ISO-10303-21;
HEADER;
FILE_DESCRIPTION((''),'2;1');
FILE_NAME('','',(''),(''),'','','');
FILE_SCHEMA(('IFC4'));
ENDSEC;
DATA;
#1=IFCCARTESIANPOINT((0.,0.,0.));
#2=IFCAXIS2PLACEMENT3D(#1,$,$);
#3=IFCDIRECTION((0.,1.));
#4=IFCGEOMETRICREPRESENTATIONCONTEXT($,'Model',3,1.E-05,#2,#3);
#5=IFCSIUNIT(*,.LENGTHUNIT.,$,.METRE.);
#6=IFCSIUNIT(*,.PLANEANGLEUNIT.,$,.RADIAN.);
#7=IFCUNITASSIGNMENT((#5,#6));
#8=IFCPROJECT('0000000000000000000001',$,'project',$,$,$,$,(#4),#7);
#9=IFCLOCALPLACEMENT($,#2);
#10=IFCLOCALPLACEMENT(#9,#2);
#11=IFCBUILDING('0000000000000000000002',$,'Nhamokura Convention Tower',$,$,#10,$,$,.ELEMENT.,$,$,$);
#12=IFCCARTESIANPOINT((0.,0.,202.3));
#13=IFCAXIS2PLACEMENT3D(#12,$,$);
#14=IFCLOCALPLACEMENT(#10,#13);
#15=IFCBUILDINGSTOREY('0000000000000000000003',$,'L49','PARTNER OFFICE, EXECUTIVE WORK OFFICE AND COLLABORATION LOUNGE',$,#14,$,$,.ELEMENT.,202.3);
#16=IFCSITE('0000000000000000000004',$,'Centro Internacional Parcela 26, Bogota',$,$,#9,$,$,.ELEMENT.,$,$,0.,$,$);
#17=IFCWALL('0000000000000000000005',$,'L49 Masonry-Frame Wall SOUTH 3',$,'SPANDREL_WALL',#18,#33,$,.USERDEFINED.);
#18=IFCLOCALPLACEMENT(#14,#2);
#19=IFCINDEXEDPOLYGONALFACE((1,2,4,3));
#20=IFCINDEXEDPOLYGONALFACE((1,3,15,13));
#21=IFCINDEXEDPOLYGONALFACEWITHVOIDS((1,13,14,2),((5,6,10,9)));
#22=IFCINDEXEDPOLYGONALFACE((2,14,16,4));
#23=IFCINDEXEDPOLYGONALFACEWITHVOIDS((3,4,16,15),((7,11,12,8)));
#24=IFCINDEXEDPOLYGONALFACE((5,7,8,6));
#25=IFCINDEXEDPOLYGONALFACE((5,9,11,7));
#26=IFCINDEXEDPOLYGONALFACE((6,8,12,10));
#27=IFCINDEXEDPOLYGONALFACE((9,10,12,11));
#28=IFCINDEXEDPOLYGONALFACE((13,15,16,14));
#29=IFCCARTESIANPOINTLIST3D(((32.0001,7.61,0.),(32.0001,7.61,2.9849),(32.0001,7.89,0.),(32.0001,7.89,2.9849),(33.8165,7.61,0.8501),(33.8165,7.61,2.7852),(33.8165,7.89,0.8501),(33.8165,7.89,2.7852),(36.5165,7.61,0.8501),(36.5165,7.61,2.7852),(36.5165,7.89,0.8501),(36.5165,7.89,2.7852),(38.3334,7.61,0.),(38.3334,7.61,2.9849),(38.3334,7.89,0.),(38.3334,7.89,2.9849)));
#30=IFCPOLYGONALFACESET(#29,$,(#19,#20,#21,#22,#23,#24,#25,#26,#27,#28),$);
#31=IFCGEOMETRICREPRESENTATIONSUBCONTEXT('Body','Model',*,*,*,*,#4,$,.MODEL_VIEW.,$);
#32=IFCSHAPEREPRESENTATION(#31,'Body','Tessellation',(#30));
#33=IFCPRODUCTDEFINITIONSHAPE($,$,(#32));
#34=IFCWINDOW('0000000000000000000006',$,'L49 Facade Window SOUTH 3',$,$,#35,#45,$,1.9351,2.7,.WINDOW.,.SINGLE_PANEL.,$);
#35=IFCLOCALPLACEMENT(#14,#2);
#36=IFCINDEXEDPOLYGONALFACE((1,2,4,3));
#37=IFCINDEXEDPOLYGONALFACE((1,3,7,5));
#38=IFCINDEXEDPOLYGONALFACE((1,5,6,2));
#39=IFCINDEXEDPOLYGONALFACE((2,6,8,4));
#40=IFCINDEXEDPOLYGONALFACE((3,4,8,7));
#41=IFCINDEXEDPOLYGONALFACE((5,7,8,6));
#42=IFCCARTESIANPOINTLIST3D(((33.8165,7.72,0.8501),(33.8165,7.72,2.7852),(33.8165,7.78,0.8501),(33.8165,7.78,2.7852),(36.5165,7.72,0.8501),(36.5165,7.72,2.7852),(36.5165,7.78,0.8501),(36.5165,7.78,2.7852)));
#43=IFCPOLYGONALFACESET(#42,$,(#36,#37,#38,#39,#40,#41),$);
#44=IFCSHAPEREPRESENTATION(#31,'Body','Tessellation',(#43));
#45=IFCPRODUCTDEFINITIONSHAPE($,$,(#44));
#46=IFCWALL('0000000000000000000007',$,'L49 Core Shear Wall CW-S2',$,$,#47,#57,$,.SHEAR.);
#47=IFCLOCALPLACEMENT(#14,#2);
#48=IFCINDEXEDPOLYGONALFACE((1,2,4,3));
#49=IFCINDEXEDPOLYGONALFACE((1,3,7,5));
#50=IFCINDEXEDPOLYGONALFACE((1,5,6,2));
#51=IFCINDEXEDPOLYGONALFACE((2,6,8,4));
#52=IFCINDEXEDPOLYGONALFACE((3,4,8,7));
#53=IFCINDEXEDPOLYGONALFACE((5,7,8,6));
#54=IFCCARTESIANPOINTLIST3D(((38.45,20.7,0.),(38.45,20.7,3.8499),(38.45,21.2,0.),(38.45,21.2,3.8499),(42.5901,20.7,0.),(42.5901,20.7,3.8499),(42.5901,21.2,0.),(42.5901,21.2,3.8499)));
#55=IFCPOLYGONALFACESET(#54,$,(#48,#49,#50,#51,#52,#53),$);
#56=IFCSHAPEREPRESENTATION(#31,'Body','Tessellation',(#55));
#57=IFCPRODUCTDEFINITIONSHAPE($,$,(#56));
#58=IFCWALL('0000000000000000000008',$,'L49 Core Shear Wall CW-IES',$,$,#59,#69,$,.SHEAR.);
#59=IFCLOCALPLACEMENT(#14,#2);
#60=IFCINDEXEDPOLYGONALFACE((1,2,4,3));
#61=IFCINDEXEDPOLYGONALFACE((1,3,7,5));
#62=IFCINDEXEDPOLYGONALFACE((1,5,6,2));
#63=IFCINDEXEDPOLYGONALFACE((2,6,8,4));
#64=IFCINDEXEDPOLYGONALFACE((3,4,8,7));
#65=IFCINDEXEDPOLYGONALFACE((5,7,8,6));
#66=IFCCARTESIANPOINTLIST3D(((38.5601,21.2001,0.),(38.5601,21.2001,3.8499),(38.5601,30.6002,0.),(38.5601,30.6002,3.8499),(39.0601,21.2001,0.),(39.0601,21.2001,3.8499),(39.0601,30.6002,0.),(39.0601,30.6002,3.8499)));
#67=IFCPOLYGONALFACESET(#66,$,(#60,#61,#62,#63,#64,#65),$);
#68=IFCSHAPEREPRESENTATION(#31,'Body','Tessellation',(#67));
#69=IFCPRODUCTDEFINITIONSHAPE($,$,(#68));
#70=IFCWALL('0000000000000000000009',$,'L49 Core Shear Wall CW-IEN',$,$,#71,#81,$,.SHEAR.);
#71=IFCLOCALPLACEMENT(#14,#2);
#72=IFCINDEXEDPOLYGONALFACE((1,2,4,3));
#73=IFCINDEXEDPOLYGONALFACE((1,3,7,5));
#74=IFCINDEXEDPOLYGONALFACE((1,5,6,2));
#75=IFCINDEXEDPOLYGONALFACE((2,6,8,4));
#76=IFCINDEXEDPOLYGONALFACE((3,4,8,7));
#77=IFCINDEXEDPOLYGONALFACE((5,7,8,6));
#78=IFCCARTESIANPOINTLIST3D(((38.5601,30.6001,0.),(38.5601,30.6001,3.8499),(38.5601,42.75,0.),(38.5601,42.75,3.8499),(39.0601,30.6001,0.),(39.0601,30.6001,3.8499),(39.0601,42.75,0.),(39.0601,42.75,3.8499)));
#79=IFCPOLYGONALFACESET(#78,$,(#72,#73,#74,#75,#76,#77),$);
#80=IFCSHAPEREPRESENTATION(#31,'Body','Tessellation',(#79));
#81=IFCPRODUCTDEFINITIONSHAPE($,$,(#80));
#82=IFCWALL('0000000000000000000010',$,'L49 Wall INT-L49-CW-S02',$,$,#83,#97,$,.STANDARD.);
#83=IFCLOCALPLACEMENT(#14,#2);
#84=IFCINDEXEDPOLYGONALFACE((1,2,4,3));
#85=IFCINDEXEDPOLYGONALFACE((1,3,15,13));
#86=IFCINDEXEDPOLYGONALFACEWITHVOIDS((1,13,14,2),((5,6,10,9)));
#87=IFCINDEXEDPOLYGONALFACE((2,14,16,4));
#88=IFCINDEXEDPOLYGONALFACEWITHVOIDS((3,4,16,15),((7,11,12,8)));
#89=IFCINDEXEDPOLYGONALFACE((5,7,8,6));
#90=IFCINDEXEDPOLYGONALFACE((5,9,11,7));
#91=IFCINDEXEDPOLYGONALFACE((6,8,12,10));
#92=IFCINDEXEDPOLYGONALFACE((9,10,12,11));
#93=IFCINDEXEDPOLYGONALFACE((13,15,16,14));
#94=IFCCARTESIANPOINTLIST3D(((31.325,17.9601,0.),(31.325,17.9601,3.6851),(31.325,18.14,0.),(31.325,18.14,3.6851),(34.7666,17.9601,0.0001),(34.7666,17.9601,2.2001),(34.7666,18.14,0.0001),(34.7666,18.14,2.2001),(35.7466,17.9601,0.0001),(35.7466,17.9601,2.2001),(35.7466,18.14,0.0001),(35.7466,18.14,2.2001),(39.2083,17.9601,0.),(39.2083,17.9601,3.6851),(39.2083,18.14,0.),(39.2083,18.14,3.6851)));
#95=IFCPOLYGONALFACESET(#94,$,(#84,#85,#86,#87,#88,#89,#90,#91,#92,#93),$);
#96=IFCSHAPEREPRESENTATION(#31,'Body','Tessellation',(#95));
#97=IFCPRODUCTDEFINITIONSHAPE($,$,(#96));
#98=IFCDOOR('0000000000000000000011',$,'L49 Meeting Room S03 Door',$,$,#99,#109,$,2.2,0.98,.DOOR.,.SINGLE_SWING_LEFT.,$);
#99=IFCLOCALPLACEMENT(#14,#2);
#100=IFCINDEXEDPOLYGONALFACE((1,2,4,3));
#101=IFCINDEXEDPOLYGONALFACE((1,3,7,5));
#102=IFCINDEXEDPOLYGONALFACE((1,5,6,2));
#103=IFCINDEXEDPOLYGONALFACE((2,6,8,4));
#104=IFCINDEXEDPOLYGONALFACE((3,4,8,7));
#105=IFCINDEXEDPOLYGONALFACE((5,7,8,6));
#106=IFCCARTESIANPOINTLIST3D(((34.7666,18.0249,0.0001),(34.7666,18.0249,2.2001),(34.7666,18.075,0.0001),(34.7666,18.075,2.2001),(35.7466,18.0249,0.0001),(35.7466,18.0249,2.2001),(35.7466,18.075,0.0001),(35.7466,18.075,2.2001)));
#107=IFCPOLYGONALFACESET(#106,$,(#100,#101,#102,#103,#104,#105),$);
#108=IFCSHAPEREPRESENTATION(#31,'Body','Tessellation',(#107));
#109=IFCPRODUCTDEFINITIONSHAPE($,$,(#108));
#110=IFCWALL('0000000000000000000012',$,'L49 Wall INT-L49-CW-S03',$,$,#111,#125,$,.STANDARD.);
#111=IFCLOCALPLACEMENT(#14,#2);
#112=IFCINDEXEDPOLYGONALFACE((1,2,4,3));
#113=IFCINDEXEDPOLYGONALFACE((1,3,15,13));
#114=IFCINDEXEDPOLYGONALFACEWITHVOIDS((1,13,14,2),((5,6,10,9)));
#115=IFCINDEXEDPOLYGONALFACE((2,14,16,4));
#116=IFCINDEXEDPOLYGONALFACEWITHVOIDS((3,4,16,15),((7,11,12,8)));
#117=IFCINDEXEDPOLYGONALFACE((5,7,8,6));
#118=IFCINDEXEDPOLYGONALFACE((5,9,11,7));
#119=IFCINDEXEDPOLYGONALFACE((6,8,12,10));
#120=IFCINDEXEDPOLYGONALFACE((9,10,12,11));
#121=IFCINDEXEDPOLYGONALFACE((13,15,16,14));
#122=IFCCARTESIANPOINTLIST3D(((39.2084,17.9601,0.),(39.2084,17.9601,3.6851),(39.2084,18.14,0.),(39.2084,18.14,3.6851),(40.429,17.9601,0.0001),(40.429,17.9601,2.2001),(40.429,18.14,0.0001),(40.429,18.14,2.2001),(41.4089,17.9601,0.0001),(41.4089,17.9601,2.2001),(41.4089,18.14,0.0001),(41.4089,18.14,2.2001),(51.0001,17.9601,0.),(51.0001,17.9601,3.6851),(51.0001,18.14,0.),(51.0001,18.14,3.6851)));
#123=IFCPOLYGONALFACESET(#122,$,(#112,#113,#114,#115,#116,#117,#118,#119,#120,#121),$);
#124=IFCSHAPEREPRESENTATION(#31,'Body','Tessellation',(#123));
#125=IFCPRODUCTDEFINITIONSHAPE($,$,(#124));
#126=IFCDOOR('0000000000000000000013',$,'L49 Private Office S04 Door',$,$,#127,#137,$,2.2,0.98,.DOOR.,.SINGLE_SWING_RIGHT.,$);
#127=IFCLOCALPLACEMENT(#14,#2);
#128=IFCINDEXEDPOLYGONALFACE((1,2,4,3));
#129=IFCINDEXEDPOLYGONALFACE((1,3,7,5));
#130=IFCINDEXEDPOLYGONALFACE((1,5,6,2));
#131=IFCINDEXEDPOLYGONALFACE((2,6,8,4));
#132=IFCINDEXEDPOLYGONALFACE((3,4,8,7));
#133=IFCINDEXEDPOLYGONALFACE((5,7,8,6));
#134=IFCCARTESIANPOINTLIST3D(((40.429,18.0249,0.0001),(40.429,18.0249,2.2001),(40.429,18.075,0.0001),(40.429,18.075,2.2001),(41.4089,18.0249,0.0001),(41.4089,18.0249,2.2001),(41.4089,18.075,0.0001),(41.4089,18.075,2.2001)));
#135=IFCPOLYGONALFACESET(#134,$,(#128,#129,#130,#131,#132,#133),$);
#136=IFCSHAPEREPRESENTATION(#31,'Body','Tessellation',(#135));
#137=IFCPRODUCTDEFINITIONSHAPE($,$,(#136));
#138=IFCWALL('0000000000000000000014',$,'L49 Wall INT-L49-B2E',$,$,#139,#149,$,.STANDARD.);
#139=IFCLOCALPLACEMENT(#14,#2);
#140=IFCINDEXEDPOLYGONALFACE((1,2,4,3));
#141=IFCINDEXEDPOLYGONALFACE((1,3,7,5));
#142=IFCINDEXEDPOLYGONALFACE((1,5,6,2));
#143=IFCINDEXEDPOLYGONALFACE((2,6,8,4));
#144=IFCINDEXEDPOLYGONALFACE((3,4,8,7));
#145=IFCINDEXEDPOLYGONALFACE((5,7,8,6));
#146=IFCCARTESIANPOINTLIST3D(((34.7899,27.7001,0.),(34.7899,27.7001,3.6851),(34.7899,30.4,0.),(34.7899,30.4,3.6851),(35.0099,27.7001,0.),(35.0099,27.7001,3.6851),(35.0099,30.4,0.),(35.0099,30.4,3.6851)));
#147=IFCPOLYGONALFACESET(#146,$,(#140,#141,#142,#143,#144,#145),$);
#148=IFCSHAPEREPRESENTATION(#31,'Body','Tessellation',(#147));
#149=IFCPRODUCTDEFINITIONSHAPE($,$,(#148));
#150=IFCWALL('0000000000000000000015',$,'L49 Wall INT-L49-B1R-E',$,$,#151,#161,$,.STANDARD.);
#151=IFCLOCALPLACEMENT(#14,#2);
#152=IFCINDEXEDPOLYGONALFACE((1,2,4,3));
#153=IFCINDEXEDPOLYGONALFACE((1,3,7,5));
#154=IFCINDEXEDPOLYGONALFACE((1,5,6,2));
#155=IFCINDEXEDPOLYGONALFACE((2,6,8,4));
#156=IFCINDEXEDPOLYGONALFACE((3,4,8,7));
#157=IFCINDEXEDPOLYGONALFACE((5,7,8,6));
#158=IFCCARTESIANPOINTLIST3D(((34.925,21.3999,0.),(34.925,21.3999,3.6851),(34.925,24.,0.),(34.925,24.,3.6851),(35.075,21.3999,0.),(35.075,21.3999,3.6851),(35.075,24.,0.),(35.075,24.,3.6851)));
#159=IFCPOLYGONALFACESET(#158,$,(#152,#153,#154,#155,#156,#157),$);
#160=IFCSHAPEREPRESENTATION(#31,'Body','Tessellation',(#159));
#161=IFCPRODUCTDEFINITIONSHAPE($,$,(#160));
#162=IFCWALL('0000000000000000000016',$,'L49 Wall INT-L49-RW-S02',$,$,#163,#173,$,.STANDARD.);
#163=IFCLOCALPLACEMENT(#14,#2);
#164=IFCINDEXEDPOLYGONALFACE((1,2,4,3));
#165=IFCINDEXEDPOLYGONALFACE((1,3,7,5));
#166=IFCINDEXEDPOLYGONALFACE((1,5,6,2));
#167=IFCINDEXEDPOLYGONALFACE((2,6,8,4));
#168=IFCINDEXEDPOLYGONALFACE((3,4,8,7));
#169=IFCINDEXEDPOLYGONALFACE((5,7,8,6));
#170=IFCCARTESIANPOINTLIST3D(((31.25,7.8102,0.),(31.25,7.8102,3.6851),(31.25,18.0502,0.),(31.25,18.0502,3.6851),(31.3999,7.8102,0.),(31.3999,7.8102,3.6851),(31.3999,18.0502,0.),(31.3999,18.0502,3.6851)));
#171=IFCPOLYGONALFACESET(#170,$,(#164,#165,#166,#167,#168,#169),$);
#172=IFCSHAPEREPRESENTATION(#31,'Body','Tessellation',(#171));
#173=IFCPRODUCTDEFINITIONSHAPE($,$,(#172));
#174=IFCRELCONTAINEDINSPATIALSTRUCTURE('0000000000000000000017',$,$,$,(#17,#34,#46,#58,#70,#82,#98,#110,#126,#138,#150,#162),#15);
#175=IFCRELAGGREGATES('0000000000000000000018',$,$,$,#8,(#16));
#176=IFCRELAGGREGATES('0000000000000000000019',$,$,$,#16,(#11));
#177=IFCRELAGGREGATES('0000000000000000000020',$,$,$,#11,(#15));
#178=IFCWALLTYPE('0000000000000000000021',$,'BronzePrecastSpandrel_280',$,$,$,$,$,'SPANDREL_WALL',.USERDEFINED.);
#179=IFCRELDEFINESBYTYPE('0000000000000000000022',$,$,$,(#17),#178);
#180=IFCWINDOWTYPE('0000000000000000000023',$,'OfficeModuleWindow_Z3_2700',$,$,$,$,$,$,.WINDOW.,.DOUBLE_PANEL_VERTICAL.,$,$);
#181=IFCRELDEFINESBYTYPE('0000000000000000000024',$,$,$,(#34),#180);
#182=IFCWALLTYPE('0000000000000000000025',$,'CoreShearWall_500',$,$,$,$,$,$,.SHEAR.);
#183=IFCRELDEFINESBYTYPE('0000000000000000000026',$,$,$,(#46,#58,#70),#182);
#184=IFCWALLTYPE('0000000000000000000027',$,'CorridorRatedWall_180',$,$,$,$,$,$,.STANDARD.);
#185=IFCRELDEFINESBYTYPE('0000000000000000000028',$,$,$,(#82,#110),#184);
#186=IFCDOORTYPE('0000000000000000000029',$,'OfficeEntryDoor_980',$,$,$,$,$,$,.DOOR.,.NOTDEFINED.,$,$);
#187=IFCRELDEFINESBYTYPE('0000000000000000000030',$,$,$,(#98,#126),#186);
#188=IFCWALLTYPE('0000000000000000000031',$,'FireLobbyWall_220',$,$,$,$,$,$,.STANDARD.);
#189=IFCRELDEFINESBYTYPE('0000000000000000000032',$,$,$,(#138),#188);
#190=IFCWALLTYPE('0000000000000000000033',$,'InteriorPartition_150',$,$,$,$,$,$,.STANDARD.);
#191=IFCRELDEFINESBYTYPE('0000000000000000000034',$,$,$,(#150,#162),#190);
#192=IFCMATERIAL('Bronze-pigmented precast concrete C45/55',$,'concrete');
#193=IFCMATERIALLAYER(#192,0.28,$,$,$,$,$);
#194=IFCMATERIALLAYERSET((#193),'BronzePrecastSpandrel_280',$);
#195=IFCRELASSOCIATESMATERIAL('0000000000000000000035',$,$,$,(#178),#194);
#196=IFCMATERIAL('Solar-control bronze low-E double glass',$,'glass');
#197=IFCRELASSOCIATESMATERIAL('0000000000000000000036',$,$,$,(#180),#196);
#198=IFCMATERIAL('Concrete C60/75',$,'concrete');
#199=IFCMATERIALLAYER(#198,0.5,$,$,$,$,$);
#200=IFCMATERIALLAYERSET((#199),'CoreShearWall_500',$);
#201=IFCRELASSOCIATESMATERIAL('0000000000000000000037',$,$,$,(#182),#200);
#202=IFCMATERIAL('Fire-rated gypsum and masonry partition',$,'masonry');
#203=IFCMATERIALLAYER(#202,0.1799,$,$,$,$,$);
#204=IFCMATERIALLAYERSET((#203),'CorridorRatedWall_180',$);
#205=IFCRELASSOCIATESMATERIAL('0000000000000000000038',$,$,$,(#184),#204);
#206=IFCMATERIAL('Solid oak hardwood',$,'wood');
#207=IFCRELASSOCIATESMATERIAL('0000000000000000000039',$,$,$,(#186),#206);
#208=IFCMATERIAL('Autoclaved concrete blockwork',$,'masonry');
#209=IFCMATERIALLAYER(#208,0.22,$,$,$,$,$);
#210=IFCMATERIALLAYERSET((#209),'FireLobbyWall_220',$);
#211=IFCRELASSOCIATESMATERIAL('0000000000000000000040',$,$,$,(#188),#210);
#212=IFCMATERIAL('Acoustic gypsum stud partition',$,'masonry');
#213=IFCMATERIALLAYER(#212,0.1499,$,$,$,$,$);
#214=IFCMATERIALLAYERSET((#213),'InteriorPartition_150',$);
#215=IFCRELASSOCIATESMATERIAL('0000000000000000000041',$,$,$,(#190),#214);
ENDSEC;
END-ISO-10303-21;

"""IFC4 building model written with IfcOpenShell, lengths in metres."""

from ifc_helpers import new_model, si_unit, direction, frame, frame_2d, origin, place, context, subcontext, project, spatial, rectangle, extrude, material, layer, layer_set, type_object, element, fill, save


model = new_model("IFC4")

# Units and contexts
model_context = context("Model", 3, precision=1e-05, world=origin(), true_north=direction((0.0, 1.0)))
body_context = subcontext(model_context, "Body", "Model", "MODEL_VIEW")
ifc_project = project(units=[si_unit("LENGTHUNIT", "METRE"), si_unit("PLANEANGLEUNIT", "RADIAN")], contexts=[model_context])

# Site, building, storey
site_placement = place(None, origin())
site = spatial("IfcSite", under=ifc_project, at=site_placement, Name="Centro Internacional Parcela 26, Bogota", CompositionType="ELEMENT", RefElevation=0.0)
building_placement = place(site_placement, origin())
building = spatial("IfcBuilding", under=site, at=building_placement, Name="Nhamokura Convention Tower", CompositionType="ELEMENT")
storey_placement = place(building_placement, frame((0.0, 0.0, 202.3)))
storey = spatial("IfcBuildingStorey", under=building, at=storey_placement, Name="L49", Description="PARTNER OFFICE, EXECUTIVE WORK OFFICE AND COLLABORATION LOUNGE", CompositionType="ELEMENT", Elevation=202.3)

# Wall, opening, window
ifc_material_1 = material(Name="Bronze-pigmented precast concrete C45/55", Category="concrete")
ifc_layer_1 = layer(ifc_material_1, 0.28)
ifc_layer_set_1 = layer_set([ifc_layer_1], Name="BronzePrecastSpandrel_280")
wall_type_1 = type_object("IfcWallType", Name="BronzePrecastSpandrel_280", ElementType="SPANDREL_WALL", PredefinedType="USERDEFINED", material=ifc_layer_set_1)
ifc_material_2 = material(Name="Solar-control bronze low-E double glass", Category="glass")
window_type = type_object("IfcWindowType", Name="OfficeModuleWindow_Z3_2700", PartitioningType="DOUBLE_PANEL_VERTICAL", PredefinedType="WINDOW", material=ifc_material_2)
wall_1_placement = place(storey_placement, frame((38.3333, 7.75, 0.0), z_axis=(0.0, 0.0, 1.0), x_axis=(-1.0, 0.0, 0.0)))
wall_1 = element("IfcWall", 1, at=wall_1_placement, inside=storey, type_object=wall_type_1, Name="L49 Masonry-Frame Wall SOUTH 3", ObjectType="SPANDREL_WALL", PredefinedType="USERDEFINED", context=body_context, shape_type="SweptSolid", body=[
    extrude(rectangle(XDim=6.3333, YDim=0.28, at=frame_2d((3.1665, 0.0))), origin(), (0.0, 0.0, 1.0), 2.9849),
])
opening_1_placement = place(wall_1_placement, frame((1.8167, 0.0, 0.8501)))
opening_1 = element("IfcOpeningElement", 2, at=opening_1_placement, cuts=wall_1, PredefinedType="OPENING", context=body_context, shape_type="SweptSolid", body=[
    extrude(rectangle(XDim=2.7, YDim=1.9351, at=frame_2d((1.3501, 0.9675))), frame((0.0, 0.1499, 0.0), z_axis=(0.0, -1.0, 0.0), x_axis=(1.0, 0.0, 0.0)), (0.0, 0.0, 1.0), 0.3),
])
window_1_placement = place(opening_1_placement, origin())
window_1 = element("IfcWindow", 3, at=window_1_placement, inside=storey, type_object=window_type, Name="L49 Facade Window SOUTH 3", OverallHeight=1.9351, OverallWidth=2.7, PartitioningType="SINGLE_PANEL", PredefinedType="WINDOW", context=body_context, shape_type="SweptSolid", body=[
    extrude(rectangle(XDim=2.7, YDim=1.9351, at=frame_2d((1.3501, 0.9675))), frame((0.0, 0.03, 0.0), z_axis=(0.0, -1.0, 0.0), x_axis=(1.0, 0.0, 0.0)), (0.0, 0.0, 1.0), 0.0601),
])
fill(opening_1, window_1)

# Walls
ifc_material_3 = material(Name="Concrete C60/75", Category="concrete")
ifc_layer_2 = layer(ifc_material_3, 0.5)
ifc_layer_set_2 = layer_set([ifc_layer_2], Name="CoreShearWall_500")
wall_type_2 = type_object("IfcWallType", Name="CoreShearWall_500", PredefinedType="SHEAR", material=ifc_layer_set_2)
wall_2_placement = place(storey_placement, frame((38.45, 20.95, 0.0), z_axis=(0.0, 0.0, 1.0), x_axis=(1.0, 0.0, 0.0)))
element("IfcWall", 4, at=wall_2_placement, inside=storey, type_object=wall_type_2, Name="L49 Core Shear Wall CW-S2", PredefinedType="SHEAR", context=body_context, shape_type="SweptSolid", body=[
    extrude(rectangle(XDim=4.1401, YDim=0.5, at=frame_2d((2.0701, 0.0))), origin(), (0.0, 0.0, 1.0), 3.8499),
])
wall_3_placement = place(storey_placement, frame((38.8101, 21.2, 0.0), z_axis=(0.0, 0.0, 1.0), x_axis=(0.0, 1.0, 0.0)))
element("IfcWall", 5, at=wall_3_placement, inside=storey, type_object=wall_type_2, Name="L49 Core Shear Wall CW-IES", PredefinedType="SHEAR", context=body_context, shape_type="SweptSolid", body=[
    extrude(rectangle(XDim=9.4001, YDim=0.5, at=frame_2d((4.7002, 0.0))), origin(), (0.0, 0.0, 1.0), 3.8499),
])
wall_4_placement = place(storey_placement, frame((38.8101, 30.6001, 0.0), z_axis=(0.0, 0.0, 1.0), x_axis=(0.0, 1.0, 0.0)))
element("IfcWall", 6, at=wall_4_placement, inside=storey, type_object=wall_type_2, Name="L49 Core Shear Wall CW-IEN", PredefinedType="SHEAR", context=body_context, shape_type="SweptSolid", body=[
    extrude(rectangle(XDim=12.1499, YDim=0.5, at=frame_2d((6.075, 0.0))), origin(), (0.0, 0.0, 1.0), 3.8499),
])

# Walls, openings, doors
ifc_material_4 = material(Name="Fire-rated gypsum and masonry partition", Category="masonry")
ifc_layer_3 = layer(ifc_material_4, 0.1799)
ifc_layer_set_3 = layer_set([ifc_layer_3], Name="CorridorRatedWall_180")
wall_type_3 = type_object("IfcWallType", Name="CorridorRatedWall_180", PredefinedType="STANDARD", material=ifc_layer_set_3)
wall_5_placement = place(storey_placement, frame((31.325, 18.05, 0.0), z_axis=(0.0, 0.0, 1.0), x_axis=(1.0, 0.0, 0.0)))
wall_5 = element("IfcWall", 7, at=wall_5_placement, inside=storey, type_object=wall_type_3, Name="L49 Wall INT-L49-CW-S02", PredefinedType="STANDARD", context=body_context, shape_type="SweptSolid", body=[
    extrude(rectangle(XDim=7.8833, YDim=0.1799, at=frame_2d((3.9417, 0.0))), origin(), (0.0, 0.0, 1.0), 3.6851),
])
opening_2_placement = place(wall_5_placement, frame((3.4417, 0.0, 0.0)))
opening_2 = element("IfcOpeningElement", 8, at=opening_2_placement, cuts=wall_5, PredefinedType="OPENING", context=body_context, shape_type="SweptSolid", body=[
    extrude(rectangle(XDim=0.98, YDim=2.2, at=frame_2d((0.49, 1.1001))), frame((0.0, 0.0999, 0.0), z_axis=(0.0, -1.0, 0.0), x_axis=(1.0, 0.0, 0.0)), (0.0, 0.0, 1.0), 0.2),
])
ifc_material_5 = material(Name="Solid oak hardwood", Category="wood")
door_type_1 = type_object("IfcDoorType", Name="OfficeEntryDoor_980", OperationType="NOTDEFINED", PredefinedType="DOOR", material=ifc_material_5)
door_1_placement = place(opening_2_placement, origin())
door_1 = element("IfcDoor", 9, at=door_1_placement, inside=storey, type_object=door_type_1, Name="L49 Meeting Room S03 Door", OperationType="SINGLE_SWING_LEFT", OverallHeight=2.2, OverallWidth=0.98, PredefinedType="DOOR", context=body_context, shape_type="SweptSolid", body=[
    extrude(rectangle(XDim=0.98, YDim=2.2, at=frame_2d((0.49, 1.1001))), frame((0.0, 0.0249, 0.0), z_axis=(0.0, -1.0, 0.0), x_axis=(1.0, 0.0, 0.0)), (0.0, 0.0, 1.0), 0.05),
])
fill(opening_2, door_1)
wall_6_placement = place(storey_placement, frame((39.2083, 18.05, 0.0), z_axis=(0.0, 0.0, 1.0), x_axis=(1.0, 0.0, 0.0)))
wall_6 = element("IfcWall", 10, at=wall_6_placement, inside=storey, type_object=wall_type_3, Name="L49 Wall INT-L49-CW-S03", PredefinedType="STANDARD", context=body_context, shape_type="SweptSolid", body=[
    extrude(rectangle(XDim=11.7917, YDim=0.1799, at=frame_2d((5.896, 0.0))), origin(), (0.0, 0.0, 1.0), 3.6851),
])
opening_3_placement = place(wall_6_placement, frame((1.2207, 0.0, 0.0)))
opening_3 = element("IfcOpeningElement", 11, at=opening_3_placement, cuts=wall_6, PredefinedType="OPENING", context=body_context, shape_type="SweptSolid", body=[
    extrude(rectangle(XDim=0.98, YDim=2.2, at=frame_2d((0.49, 1.1001))), frame((0.0, 0.0999, 0.0), z_axis=(0.0, -1.0, 0.0), x_axis=(1.0, 0.0, 0.0)), (0.0, 0.0, 1.0), 0.2),
])
door_2_placement = place(opening_3_placement, origin())
door_2 = element("IfcDoor", 12, at=door_2_placement, inside=storey, type_object=door_type_1, Name="L49 Private Office S04 Door", OperationType="SINGLE_SWING_RIGHT", OverallHeight=2.2, OverallWidth=0.98, PredefinedType="DOOR", context=body_context, shape_type="SweptSolid", body=[
    extrude(rectangle(XDim=0.98, YDim=2.2, at=frame_2d((0.49, 1.1001))), frame((0.0, 0.0249, 0.0), z_axis=(0.0, -1.0, 0.0), x_axis=(1.0, 0.0, 0.0)), (0.0, 0.0, 1.0), 0.05),
])
fill(opening_3, door_2)
ifc_material_6 = material(Name="Autoclaved concrete blockwork", Category="masonry")
ifc_layer_4 = layer(ifc_material_6, 0.22)
ifc_layer_set_4 = layer_set([ifc_layer_4], Name="FireLobbyWall_220")
wall_type_4 = type_object("IfcWallType", Name="FireLobbyWall_220", PredefinedType="STANDARD", material=ifc_layer_set_4)

# Walls
wall_7_placement = place(storey_placement, frame((34.8999, 27.7, 0.0), z_axis=(0.0, 0.0, 1.0), x_axis=(0.0, 1.0, 0.0)))
element("IfcWall", 13, at=wall_7_placement, inside=storey, type_object=wall_type_4, Name="L49 Wall INT-L49-B2E", PredefinedType="STANDARD", context=body_context, shape_type="SweptSolid", body=[
    extrude(rectangle(XDim=2.7, YDim=0.22, at=frame_2d((1.3501, 0.0))), origin(), (0.0, 0.0, 1.0), 3.6851),
])
ifc_material_7 = material(Name="Acoustic gypsum stud partition", Category="masonry")
ifc_layer_5 = layer(ifc_material_7, 0.1499)
ifc_layer_set_5 = layer_set([ifc_layer_5], Name="InteriorPartition_150")
wall_type_5 = type_object("IfcWallType", Name="InteriorPartition_150", PredefinedType="STANDARD", material=ifc_layer_set_5)
wall_8_placement = place(storey_placement, frame((35.0, 21.3999, 0.0), z_axis=(0.0, 0.0, 1.0), x_axis=(0.0, 1.0, 0.0)))
element("IfcWall", 14, at=wall_8_placement, inside=storey, type_object=wall_type_5, Name="L49 Wall INT-L49-B1R-E", PredefinedType="STANDARD", context=body_context, shape_type="SweptSolid", body=[
    extrude(rectangle(XDim=2.6001, YDim=0.1499, at=frame_2d((1.3, 0.0))), origin(), (0.0, 0.0, 1.0), 3.6851),
])
for number, where, z_axis, x_axis, name in (
    (15, (31.325, 7.8101, 0.0), (0.0, 0.0, 1.0), (0.0, 1.0, 0.0), "L49 Wall INT-L49-RW-S02"),
):
    element("IfcWall", number, at=place(storey_placement, frame(where, z_axis=z_axis, x_axis=x_axis)), inside=storey, type_object=wall_type_5, Name=name, PredefinedType="STANDARD", context=body_context, shape_type="SweptSolid", body=[
        extrude(rectangle(XDim=10.24, YDim=0.1499, at=frame_2d((5.1201, 0.0))), origin(), (0.0, 0.0, 1.0), 3.6851),
    ])

save(model, "model.ifc")
